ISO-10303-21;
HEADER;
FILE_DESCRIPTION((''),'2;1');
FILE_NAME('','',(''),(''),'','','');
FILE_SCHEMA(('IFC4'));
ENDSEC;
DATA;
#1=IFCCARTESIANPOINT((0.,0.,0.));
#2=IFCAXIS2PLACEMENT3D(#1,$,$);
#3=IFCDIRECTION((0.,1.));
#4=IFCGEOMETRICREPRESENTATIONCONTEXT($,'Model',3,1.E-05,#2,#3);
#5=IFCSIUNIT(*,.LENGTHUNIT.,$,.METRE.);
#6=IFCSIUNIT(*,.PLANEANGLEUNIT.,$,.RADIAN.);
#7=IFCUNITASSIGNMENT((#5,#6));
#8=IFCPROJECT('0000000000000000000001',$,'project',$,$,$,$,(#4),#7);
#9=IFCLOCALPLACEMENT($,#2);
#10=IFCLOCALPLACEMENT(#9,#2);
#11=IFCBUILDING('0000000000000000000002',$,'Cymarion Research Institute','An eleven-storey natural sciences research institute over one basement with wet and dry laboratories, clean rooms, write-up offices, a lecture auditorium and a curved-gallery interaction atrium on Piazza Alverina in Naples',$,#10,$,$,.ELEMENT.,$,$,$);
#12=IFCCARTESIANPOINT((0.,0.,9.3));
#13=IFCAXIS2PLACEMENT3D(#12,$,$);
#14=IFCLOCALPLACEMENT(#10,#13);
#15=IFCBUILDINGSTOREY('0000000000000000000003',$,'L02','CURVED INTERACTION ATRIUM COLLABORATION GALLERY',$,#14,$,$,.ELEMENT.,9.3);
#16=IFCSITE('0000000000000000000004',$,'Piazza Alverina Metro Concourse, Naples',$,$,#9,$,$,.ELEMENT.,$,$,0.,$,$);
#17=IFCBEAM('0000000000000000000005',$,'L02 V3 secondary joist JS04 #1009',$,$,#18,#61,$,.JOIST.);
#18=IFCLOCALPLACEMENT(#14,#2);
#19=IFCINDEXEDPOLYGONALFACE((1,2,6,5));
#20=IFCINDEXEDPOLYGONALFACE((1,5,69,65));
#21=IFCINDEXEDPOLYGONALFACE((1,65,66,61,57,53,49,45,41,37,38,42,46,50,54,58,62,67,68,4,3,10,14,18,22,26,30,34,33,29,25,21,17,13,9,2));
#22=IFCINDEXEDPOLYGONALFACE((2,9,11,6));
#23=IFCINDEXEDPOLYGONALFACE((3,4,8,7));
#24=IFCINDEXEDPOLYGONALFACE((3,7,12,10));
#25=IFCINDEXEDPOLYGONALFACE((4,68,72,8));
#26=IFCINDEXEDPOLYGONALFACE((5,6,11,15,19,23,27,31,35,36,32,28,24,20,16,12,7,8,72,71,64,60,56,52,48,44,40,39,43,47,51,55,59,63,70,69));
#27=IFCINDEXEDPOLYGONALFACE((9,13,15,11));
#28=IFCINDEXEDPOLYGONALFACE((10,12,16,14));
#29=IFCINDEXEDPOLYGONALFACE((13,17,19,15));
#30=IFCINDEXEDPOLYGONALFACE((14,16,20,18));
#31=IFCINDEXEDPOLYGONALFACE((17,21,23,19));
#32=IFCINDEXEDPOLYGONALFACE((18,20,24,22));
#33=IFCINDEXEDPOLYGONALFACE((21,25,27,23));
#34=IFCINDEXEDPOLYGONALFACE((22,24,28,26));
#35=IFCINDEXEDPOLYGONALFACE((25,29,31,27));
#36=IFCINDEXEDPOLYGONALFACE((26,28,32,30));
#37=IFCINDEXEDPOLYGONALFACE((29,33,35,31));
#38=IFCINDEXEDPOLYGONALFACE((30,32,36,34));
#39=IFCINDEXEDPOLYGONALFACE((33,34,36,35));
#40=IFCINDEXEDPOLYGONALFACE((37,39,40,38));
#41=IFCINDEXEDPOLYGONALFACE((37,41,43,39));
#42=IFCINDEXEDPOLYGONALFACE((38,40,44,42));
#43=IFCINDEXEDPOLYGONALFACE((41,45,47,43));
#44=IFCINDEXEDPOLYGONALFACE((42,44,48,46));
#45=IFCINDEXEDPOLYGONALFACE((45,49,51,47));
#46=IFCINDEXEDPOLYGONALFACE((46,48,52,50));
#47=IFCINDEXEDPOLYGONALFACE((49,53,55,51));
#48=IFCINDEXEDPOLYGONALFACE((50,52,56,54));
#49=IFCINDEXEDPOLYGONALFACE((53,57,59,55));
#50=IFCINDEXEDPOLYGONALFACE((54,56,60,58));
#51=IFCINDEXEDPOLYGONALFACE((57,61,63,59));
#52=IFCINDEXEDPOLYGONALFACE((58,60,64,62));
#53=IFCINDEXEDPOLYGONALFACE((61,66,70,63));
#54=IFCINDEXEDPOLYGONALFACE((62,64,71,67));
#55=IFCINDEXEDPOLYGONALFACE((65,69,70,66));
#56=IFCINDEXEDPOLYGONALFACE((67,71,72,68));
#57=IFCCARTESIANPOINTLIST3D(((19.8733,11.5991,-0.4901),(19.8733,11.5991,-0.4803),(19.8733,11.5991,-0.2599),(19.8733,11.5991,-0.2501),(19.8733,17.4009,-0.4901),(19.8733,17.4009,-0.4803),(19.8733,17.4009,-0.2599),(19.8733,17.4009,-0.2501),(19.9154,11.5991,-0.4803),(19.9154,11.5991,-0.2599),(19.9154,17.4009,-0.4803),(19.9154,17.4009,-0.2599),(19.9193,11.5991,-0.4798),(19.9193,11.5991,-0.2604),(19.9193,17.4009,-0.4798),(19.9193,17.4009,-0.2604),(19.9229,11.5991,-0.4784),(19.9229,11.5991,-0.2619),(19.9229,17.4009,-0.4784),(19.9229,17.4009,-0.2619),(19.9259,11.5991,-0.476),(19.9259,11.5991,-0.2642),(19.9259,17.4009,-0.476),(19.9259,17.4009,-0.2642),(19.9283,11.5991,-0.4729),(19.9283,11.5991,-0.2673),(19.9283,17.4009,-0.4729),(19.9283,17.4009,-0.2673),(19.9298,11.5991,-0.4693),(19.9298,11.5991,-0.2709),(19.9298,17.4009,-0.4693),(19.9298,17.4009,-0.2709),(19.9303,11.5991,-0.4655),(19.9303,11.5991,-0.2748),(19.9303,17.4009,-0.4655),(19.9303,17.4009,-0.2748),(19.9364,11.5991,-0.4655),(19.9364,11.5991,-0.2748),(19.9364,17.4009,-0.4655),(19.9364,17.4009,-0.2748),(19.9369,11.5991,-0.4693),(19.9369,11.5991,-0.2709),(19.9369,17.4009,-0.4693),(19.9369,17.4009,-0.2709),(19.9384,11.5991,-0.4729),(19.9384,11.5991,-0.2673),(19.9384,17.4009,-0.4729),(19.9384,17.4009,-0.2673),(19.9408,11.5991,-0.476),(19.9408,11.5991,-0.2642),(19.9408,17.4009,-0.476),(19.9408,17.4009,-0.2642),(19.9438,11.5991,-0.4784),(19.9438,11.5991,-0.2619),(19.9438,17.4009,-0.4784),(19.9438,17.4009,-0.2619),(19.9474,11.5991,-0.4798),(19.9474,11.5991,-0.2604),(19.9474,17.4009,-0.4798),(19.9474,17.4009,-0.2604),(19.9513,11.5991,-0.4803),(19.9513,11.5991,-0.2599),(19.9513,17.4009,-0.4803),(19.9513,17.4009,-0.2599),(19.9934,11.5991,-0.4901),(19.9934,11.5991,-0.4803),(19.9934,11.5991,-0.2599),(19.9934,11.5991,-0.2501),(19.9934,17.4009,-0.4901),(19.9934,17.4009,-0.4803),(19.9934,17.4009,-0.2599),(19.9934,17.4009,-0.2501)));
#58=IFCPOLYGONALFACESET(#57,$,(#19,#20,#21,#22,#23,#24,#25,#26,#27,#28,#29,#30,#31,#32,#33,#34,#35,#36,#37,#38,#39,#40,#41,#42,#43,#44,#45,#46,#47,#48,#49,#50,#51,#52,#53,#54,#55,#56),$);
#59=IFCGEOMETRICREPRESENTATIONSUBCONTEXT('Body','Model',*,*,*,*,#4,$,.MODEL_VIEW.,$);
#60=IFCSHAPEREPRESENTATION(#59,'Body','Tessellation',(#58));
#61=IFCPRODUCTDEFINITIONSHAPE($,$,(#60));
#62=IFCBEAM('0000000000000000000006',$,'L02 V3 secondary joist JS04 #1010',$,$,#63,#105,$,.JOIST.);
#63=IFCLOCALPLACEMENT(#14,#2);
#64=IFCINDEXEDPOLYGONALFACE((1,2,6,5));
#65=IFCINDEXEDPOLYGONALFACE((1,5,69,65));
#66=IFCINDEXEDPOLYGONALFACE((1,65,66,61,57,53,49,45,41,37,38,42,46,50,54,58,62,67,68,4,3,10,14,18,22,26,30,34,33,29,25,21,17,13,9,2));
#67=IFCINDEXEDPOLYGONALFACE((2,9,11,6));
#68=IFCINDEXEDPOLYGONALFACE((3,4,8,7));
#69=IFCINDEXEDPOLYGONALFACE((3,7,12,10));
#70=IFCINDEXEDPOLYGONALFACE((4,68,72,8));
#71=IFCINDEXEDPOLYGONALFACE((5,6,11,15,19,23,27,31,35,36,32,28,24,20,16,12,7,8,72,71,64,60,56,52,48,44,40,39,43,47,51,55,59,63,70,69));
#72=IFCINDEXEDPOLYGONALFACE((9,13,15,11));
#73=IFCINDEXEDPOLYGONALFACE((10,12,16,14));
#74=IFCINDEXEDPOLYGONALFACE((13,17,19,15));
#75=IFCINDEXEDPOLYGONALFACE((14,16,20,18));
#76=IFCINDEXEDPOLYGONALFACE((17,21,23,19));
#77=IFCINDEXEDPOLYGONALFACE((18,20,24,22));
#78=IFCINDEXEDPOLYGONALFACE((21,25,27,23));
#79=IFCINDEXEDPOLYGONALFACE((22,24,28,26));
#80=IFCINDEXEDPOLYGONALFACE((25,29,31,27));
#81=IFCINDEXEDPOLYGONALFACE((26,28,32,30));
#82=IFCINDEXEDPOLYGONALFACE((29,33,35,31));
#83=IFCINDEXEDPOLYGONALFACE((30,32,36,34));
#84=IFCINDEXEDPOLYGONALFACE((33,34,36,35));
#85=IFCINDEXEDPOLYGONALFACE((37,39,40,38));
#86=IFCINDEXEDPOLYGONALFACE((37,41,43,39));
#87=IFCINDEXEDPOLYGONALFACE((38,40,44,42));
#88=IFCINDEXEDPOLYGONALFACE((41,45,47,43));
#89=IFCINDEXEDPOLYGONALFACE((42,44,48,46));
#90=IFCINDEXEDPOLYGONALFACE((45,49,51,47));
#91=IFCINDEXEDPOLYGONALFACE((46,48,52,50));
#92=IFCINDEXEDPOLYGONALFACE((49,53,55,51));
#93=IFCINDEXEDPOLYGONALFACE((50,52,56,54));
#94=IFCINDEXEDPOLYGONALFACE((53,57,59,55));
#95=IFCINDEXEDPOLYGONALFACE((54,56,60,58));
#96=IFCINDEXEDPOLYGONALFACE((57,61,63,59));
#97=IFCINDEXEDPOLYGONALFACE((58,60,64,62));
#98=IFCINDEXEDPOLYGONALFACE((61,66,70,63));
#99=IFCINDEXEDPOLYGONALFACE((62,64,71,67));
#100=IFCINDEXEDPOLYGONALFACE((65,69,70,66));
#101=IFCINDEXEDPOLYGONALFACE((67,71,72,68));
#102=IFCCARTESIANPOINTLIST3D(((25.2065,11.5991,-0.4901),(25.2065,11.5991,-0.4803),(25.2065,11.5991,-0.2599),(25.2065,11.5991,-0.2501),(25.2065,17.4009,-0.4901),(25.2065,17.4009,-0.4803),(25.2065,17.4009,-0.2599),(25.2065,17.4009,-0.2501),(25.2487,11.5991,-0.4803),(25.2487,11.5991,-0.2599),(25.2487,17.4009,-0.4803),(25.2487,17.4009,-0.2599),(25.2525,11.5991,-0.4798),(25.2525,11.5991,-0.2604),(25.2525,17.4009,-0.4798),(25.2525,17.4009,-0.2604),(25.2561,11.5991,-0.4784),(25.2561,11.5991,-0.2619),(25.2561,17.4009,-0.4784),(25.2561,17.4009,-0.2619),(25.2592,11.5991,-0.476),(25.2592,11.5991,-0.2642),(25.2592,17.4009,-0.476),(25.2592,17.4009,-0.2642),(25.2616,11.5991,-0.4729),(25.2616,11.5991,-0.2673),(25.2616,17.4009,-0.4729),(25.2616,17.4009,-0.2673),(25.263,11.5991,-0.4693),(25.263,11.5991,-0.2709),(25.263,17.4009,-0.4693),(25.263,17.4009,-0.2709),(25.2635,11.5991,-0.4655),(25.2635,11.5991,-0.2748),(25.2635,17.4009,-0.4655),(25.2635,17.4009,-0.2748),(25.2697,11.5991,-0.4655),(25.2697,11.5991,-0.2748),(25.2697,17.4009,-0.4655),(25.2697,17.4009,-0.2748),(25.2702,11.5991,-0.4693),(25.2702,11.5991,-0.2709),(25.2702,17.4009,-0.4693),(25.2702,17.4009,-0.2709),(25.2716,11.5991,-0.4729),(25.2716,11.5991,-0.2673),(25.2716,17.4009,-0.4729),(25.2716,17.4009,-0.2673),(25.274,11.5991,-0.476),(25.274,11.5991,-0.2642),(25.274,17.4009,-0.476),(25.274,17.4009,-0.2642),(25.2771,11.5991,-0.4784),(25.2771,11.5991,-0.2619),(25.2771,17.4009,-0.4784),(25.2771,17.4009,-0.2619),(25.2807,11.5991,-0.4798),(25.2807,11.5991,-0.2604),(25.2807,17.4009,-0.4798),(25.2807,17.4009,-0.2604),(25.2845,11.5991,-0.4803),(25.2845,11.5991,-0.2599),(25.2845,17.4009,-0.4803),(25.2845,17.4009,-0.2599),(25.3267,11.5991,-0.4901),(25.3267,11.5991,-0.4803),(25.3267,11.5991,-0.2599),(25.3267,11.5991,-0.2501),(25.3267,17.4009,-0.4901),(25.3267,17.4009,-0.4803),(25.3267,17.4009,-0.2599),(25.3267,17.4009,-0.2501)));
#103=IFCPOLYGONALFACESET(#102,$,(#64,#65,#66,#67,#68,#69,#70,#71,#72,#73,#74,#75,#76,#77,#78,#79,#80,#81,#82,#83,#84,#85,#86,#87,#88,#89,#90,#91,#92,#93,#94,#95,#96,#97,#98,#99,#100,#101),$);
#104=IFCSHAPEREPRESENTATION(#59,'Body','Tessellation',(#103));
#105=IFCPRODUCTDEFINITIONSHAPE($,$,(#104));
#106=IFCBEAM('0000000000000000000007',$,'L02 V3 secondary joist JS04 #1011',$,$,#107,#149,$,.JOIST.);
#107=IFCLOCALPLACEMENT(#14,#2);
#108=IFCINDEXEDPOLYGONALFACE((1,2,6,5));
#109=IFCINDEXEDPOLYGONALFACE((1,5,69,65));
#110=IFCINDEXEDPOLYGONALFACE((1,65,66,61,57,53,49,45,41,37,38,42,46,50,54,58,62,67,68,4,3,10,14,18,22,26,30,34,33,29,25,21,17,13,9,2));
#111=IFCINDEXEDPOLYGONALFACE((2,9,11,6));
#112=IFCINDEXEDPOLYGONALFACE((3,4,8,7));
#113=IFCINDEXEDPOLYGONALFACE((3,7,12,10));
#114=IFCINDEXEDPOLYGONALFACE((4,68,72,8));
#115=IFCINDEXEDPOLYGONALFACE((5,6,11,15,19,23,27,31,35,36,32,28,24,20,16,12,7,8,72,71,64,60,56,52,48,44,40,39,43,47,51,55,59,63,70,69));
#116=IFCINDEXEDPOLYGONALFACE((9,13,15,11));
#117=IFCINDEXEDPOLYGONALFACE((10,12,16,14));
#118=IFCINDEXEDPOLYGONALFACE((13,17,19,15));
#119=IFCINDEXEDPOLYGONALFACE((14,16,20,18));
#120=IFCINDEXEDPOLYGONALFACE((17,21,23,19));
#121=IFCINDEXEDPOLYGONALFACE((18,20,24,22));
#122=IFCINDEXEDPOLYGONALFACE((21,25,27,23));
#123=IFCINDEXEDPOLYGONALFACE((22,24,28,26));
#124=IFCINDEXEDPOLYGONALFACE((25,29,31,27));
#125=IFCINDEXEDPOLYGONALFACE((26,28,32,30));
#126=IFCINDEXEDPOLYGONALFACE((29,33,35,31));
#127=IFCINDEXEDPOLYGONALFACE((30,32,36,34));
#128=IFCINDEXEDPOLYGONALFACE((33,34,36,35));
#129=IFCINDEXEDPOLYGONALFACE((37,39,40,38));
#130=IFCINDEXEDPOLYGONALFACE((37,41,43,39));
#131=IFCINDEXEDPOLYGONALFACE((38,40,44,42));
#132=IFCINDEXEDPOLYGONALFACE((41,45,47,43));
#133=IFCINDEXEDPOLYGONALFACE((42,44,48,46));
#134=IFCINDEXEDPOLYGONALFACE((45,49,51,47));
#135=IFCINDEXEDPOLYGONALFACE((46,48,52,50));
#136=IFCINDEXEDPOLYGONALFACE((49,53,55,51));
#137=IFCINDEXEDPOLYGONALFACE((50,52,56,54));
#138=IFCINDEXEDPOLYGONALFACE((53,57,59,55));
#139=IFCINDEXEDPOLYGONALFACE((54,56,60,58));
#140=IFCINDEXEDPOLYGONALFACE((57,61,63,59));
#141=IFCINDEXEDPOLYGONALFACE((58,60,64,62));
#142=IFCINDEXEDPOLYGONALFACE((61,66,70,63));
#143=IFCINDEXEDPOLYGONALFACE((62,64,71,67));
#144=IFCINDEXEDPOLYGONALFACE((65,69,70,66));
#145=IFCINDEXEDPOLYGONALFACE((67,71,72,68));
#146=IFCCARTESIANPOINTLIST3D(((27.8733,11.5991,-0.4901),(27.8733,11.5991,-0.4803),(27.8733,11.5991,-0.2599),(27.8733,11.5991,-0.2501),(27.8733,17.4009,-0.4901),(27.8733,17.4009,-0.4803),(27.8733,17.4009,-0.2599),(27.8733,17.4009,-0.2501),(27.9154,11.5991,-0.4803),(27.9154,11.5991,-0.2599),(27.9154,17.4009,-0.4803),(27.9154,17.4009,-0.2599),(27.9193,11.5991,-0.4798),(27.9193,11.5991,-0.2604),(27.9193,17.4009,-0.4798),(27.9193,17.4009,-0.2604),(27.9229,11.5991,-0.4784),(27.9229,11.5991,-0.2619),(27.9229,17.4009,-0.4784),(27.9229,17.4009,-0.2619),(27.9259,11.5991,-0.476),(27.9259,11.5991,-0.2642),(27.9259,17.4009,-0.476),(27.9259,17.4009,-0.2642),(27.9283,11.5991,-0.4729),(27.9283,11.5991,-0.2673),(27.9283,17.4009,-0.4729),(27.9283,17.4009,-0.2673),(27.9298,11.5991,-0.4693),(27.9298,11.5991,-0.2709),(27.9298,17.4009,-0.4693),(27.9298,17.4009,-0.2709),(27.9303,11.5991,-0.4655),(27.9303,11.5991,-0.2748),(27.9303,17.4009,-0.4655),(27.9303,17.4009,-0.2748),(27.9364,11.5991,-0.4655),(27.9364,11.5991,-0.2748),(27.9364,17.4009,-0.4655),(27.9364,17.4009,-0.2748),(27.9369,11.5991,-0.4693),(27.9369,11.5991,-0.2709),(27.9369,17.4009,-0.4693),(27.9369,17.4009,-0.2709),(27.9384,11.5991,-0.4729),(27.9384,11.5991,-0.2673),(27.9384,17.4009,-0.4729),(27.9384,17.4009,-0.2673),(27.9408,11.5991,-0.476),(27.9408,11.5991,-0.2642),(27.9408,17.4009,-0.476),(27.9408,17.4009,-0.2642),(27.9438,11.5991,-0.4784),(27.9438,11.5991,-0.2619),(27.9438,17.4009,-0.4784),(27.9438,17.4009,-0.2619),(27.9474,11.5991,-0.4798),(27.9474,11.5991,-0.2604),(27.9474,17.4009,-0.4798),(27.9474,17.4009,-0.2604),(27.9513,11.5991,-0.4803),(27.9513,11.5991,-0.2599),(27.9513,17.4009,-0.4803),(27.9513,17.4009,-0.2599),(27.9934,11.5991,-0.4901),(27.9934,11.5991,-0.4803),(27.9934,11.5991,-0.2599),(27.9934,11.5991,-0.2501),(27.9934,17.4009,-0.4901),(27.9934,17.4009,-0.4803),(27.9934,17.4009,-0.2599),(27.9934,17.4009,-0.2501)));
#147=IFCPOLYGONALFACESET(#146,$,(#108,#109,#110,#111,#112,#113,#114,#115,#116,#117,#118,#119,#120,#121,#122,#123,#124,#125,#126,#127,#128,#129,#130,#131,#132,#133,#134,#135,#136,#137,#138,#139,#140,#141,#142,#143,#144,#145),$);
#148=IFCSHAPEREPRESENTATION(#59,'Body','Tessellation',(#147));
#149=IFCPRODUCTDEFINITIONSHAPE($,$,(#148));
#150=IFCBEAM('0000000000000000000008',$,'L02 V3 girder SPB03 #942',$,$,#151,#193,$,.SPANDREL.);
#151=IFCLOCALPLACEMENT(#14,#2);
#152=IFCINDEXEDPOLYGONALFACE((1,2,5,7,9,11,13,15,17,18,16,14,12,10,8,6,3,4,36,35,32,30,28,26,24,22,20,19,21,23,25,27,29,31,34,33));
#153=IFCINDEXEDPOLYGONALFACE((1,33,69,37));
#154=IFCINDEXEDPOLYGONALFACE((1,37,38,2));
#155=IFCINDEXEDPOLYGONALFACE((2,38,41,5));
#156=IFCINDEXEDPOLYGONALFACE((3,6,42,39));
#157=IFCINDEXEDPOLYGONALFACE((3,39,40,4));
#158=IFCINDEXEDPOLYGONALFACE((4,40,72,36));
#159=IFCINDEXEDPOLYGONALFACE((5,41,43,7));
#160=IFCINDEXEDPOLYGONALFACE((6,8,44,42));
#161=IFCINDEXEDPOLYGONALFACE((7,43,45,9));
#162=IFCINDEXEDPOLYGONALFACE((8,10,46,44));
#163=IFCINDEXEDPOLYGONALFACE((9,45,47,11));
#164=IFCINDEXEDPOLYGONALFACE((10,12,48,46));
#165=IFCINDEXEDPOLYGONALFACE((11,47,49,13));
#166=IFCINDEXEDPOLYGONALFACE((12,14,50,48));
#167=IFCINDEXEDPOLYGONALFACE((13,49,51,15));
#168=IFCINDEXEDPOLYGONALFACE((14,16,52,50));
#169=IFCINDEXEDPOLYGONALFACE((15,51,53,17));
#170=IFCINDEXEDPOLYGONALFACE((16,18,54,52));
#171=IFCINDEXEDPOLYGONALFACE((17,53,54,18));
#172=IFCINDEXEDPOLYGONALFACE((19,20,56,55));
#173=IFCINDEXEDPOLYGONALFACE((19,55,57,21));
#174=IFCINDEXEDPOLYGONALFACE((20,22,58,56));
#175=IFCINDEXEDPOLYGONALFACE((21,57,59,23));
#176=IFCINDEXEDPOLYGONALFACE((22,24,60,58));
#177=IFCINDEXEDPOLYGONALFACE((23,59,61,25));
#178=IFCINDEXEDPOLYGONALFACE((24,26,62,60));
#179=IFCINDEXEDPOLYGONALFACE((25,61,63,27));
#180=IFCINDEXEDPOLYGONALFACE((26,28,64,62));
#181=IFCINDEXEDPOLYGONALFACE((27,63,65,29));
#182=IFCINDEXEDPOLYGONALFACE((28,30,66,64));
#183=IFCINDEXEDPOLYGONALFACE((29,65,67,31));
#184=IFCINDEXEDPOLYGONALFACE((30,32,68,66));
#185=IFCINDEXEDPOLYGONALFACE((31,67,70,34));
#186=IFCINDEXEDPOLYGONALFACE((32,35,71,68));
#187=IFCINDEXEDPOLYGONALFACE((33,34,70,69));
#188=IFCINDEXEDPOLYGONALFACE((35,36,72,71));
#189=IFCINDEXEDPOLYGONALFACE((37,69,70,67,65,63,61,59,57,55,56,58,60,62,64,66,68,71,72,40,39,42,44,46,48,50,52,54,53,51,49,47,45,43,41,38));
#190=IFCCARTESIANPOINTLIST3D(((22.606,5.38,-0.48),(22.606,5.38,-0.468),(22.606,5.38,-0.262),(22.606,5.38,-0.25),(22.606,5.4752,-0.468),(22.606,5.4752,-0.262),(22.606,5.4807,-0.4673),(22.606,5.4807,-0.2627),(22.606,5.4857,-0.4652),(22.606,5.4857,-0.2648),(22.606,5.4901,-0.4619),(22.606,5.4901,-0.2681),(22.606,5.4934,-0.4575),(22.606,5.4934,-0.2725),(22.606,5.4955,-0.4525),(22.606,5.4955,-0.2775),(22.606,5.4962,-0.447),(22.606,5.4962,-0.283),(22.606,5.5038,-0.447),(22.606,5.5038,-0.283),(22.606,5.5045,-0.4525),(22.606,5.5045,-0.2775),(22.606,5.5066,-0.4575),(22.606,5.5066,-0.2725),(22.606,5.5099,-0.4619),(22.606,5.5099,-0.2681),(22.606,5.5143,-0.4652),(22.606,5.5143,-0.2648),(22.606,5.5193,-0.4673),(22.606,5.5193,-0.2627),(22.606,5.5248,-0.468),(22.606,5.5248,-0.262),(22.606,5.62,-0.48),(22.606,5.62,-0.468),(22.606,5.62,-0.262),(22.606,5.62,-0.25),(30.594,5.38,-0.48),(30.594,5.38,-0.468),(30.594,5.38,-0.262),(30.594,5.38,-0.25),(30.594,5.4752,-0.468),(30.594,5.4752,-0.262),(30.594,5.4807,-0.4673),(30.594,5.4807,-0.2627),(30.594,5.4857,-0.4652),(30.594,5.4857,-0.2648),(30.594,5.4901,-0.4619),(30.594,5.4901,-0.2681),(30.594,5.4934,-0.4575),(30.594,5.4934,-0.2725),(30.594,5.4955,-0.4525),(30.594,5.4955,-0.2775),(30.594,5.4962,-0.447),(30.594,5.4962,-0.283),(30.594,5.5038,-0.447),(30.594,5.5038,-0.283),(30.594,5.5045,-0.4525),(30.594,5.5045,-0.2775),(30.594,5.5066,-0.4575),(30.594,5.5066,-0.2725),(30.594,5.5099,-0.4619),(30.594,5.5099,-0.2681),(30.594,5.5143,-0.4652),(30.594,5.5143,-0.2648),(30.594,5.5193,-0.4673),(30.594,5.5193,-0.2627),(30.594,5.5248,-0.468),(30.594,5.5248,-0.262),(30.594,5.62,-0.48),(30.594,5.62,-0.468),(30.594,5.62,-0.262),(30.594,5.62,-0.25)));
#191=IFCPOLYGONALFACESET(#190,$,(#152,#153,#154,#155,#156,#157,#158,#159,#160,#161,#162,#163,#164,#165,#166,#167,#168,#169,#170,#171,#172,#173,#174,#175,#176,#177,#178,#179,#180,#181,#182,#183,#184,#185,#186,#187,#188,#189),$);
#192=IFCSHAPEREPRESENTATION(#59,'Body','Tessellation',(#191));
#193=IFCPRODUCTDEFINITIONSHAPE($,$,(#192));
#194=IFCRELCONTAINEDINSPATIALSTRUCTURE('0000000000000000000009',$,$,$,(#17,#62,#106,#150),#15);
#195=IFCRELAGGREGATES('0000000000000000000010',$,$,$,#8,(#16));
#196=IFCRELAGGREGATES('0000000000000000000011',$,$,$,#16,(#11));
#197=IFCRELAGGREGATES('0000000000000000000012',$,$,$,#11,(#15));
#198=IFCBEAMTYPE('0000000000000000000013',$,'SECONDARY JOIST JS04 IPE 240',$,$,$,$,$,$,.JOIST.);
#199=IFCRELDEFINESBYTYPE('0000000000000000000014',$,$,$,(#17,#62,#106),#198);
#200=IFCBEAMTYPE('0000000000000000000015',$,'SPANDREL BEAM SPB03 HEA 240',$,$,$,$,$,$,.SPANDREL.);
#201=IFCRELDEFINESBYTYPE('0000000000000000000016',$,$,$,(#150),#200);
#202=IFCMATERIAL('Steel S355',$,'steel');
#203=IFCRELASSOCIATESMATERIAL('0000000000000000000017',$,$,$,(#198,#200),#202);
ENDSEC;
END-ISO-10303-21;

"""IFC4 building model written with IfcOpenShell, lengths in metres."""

from ifc_helpers import new_model, si_unit, direction, frame, origin, origin_2d, place, context, subcontext, project, spatial, i_section, extrude, material, material_profile, profile_set, type_object, element, save


model = new_model("IFC4")

# Units and contexts
model_context = context("Model", 3, precision=1e-05, world=origin(), true_north=direction((0.0, 1.0)))
body_context = subcontext(model_context, "Body", "Model", "MODEL_VIEW")
ifc_project = project(units=[si_unit("LENGTHUNIT", "METRE"), si_unit("PLANEANGLEUNIT", "RADIAN")], contexts=[model_context])

# Site, building, storey
site_placement = place(None, origin())
site = spatial("IfcSite", under=ifc_project, at=site_placement, Name="Piazza Alverina Metro Concourse, Naples", CompositionType="ELEMENT", RefElevation=0.0)
building_placement = place(site_placement, origin())
building = spatial("IfcBuilding", under=site, at=building_placement, Name="Cymarion Research Institute", Description="An eleven-storey natural sciences research institute over one basement with wet and dry laboratories, clean rooms, write-up offices, a lecture auditorium and a curved-gallery interaction atrium on Piazza Alverina in Naples", CompositionType="ELEMENT")
storey_placement = place(building_placement, frame((0.0, 0.0, 9.3)))
storey = spatial("IfcBuildingStorey", under=building, at=storey_placement, Name="L02", Description="CURVED INTERACTION ATRIUM COLLABORATION GALLERY", CompositionType="ELEMENT", Elevation=9.3)

# Shared definitions
ifc_material_1 = material(Name="Steel S355", Category="steel")

# Beams
ifc_material_profile_1 = material_profile(ifc_material_1, i_section(OverallWidth=0.1201, OverallDepth=0.24, WebThickness=0.0061, FlangeThickness=0.0098, FilletRadius=0.0149, at=origin_2d()), Name="IPE 240")
ifc_profile_set_1 = profile_set([ifc_material_profile_1], Name="Steel S355")
beam_type_1 = type_object("IfcBeamType", Name="SECONDARY JOIST JS04 IPE 240", PredefinedType="JOIST", material=ifc_profile_set_1)
for number, where, z_axis, x_axis, name in (
    (1, (19.9333, 11.5991, -0.3701), (0.0, 1.0, 0.0), (-1.0, 0.0, 0.0), "L02 V3 secondary joist JS04 #1009"),
    (2, (25.2666, 11.5991, -0.3701), (0.0, 1.0, 0.0), (-1.0, 0.0, 0.0), "L02 V3 secondary joist JS04 #1010"),
    (3, (27.9333, 11.5991, -0.3701), (0.0, 1.0, 0.0), (-1.0, 0.0, 0.0), "L02 V3 secondary joist JS04 #1011"),
):
    element("IfcBeam", number, at=place(storey_placement, frame(where, z_axis=z_axis, x_axis=x_axis)), inside=storey, type_object=beam_type_1, Name=name, PredefinedType="JOIST", context=body_context, shape_type="SweptSolid", body=[
        extrude(i_section(OverallWidth=0.1201, OverallDepth=0.24, WebThickness=0.0061, FlangeThickness=0.0098, FilletRadius=0.0149, at=origin_2d()), origin(), (0.0, 0.0, 1.0), 5.8018),
    ])
ifc_material_profile_2 = material_profile(ifc_material_1, i_section(OverallWidth=0.24, OverallDepth=0.23, WebThickness=0.0076, FlangeThickness=0.012, FilletRadius=0.021, at=origin_2d()), Name="HEA 240")
ifc_profile_set_2 = profile_set([ifc_material_profile_2], Name="Steel S355")
beam_type_2 = type_object("IfcBeamType", Name="SPANDREL BEAM SPB03 HEA 240", PredefinedType="SPANDREL", material=ifc_profile_set_2)
beam_1_placement = place(storey_placement, frame((22.606, 5.5, -0.365), z_axis=(1.0, 0.0, 0.0), x_axis=(0.0, 1.0, 0.0)))
element("IfcBeam", 4, at=beam_1_placement, inside=storey, type_object=beam_type_2, Name="L02 V3 girder SPB03 #942", PredefinedType="SPANDREL", context=body_context, shape_type="SweptSolid", body=[
    extrude(i_section(OverallWidth=0.24, OverallDepth=0.23, WebThickness=0.0076, FlangeThickness=0.012, FilletRadius=0.021, at=origin_2d()), origin(), (0.0, 0.0, 1.0), 7.988),
])

save(model, "model.ifc")
